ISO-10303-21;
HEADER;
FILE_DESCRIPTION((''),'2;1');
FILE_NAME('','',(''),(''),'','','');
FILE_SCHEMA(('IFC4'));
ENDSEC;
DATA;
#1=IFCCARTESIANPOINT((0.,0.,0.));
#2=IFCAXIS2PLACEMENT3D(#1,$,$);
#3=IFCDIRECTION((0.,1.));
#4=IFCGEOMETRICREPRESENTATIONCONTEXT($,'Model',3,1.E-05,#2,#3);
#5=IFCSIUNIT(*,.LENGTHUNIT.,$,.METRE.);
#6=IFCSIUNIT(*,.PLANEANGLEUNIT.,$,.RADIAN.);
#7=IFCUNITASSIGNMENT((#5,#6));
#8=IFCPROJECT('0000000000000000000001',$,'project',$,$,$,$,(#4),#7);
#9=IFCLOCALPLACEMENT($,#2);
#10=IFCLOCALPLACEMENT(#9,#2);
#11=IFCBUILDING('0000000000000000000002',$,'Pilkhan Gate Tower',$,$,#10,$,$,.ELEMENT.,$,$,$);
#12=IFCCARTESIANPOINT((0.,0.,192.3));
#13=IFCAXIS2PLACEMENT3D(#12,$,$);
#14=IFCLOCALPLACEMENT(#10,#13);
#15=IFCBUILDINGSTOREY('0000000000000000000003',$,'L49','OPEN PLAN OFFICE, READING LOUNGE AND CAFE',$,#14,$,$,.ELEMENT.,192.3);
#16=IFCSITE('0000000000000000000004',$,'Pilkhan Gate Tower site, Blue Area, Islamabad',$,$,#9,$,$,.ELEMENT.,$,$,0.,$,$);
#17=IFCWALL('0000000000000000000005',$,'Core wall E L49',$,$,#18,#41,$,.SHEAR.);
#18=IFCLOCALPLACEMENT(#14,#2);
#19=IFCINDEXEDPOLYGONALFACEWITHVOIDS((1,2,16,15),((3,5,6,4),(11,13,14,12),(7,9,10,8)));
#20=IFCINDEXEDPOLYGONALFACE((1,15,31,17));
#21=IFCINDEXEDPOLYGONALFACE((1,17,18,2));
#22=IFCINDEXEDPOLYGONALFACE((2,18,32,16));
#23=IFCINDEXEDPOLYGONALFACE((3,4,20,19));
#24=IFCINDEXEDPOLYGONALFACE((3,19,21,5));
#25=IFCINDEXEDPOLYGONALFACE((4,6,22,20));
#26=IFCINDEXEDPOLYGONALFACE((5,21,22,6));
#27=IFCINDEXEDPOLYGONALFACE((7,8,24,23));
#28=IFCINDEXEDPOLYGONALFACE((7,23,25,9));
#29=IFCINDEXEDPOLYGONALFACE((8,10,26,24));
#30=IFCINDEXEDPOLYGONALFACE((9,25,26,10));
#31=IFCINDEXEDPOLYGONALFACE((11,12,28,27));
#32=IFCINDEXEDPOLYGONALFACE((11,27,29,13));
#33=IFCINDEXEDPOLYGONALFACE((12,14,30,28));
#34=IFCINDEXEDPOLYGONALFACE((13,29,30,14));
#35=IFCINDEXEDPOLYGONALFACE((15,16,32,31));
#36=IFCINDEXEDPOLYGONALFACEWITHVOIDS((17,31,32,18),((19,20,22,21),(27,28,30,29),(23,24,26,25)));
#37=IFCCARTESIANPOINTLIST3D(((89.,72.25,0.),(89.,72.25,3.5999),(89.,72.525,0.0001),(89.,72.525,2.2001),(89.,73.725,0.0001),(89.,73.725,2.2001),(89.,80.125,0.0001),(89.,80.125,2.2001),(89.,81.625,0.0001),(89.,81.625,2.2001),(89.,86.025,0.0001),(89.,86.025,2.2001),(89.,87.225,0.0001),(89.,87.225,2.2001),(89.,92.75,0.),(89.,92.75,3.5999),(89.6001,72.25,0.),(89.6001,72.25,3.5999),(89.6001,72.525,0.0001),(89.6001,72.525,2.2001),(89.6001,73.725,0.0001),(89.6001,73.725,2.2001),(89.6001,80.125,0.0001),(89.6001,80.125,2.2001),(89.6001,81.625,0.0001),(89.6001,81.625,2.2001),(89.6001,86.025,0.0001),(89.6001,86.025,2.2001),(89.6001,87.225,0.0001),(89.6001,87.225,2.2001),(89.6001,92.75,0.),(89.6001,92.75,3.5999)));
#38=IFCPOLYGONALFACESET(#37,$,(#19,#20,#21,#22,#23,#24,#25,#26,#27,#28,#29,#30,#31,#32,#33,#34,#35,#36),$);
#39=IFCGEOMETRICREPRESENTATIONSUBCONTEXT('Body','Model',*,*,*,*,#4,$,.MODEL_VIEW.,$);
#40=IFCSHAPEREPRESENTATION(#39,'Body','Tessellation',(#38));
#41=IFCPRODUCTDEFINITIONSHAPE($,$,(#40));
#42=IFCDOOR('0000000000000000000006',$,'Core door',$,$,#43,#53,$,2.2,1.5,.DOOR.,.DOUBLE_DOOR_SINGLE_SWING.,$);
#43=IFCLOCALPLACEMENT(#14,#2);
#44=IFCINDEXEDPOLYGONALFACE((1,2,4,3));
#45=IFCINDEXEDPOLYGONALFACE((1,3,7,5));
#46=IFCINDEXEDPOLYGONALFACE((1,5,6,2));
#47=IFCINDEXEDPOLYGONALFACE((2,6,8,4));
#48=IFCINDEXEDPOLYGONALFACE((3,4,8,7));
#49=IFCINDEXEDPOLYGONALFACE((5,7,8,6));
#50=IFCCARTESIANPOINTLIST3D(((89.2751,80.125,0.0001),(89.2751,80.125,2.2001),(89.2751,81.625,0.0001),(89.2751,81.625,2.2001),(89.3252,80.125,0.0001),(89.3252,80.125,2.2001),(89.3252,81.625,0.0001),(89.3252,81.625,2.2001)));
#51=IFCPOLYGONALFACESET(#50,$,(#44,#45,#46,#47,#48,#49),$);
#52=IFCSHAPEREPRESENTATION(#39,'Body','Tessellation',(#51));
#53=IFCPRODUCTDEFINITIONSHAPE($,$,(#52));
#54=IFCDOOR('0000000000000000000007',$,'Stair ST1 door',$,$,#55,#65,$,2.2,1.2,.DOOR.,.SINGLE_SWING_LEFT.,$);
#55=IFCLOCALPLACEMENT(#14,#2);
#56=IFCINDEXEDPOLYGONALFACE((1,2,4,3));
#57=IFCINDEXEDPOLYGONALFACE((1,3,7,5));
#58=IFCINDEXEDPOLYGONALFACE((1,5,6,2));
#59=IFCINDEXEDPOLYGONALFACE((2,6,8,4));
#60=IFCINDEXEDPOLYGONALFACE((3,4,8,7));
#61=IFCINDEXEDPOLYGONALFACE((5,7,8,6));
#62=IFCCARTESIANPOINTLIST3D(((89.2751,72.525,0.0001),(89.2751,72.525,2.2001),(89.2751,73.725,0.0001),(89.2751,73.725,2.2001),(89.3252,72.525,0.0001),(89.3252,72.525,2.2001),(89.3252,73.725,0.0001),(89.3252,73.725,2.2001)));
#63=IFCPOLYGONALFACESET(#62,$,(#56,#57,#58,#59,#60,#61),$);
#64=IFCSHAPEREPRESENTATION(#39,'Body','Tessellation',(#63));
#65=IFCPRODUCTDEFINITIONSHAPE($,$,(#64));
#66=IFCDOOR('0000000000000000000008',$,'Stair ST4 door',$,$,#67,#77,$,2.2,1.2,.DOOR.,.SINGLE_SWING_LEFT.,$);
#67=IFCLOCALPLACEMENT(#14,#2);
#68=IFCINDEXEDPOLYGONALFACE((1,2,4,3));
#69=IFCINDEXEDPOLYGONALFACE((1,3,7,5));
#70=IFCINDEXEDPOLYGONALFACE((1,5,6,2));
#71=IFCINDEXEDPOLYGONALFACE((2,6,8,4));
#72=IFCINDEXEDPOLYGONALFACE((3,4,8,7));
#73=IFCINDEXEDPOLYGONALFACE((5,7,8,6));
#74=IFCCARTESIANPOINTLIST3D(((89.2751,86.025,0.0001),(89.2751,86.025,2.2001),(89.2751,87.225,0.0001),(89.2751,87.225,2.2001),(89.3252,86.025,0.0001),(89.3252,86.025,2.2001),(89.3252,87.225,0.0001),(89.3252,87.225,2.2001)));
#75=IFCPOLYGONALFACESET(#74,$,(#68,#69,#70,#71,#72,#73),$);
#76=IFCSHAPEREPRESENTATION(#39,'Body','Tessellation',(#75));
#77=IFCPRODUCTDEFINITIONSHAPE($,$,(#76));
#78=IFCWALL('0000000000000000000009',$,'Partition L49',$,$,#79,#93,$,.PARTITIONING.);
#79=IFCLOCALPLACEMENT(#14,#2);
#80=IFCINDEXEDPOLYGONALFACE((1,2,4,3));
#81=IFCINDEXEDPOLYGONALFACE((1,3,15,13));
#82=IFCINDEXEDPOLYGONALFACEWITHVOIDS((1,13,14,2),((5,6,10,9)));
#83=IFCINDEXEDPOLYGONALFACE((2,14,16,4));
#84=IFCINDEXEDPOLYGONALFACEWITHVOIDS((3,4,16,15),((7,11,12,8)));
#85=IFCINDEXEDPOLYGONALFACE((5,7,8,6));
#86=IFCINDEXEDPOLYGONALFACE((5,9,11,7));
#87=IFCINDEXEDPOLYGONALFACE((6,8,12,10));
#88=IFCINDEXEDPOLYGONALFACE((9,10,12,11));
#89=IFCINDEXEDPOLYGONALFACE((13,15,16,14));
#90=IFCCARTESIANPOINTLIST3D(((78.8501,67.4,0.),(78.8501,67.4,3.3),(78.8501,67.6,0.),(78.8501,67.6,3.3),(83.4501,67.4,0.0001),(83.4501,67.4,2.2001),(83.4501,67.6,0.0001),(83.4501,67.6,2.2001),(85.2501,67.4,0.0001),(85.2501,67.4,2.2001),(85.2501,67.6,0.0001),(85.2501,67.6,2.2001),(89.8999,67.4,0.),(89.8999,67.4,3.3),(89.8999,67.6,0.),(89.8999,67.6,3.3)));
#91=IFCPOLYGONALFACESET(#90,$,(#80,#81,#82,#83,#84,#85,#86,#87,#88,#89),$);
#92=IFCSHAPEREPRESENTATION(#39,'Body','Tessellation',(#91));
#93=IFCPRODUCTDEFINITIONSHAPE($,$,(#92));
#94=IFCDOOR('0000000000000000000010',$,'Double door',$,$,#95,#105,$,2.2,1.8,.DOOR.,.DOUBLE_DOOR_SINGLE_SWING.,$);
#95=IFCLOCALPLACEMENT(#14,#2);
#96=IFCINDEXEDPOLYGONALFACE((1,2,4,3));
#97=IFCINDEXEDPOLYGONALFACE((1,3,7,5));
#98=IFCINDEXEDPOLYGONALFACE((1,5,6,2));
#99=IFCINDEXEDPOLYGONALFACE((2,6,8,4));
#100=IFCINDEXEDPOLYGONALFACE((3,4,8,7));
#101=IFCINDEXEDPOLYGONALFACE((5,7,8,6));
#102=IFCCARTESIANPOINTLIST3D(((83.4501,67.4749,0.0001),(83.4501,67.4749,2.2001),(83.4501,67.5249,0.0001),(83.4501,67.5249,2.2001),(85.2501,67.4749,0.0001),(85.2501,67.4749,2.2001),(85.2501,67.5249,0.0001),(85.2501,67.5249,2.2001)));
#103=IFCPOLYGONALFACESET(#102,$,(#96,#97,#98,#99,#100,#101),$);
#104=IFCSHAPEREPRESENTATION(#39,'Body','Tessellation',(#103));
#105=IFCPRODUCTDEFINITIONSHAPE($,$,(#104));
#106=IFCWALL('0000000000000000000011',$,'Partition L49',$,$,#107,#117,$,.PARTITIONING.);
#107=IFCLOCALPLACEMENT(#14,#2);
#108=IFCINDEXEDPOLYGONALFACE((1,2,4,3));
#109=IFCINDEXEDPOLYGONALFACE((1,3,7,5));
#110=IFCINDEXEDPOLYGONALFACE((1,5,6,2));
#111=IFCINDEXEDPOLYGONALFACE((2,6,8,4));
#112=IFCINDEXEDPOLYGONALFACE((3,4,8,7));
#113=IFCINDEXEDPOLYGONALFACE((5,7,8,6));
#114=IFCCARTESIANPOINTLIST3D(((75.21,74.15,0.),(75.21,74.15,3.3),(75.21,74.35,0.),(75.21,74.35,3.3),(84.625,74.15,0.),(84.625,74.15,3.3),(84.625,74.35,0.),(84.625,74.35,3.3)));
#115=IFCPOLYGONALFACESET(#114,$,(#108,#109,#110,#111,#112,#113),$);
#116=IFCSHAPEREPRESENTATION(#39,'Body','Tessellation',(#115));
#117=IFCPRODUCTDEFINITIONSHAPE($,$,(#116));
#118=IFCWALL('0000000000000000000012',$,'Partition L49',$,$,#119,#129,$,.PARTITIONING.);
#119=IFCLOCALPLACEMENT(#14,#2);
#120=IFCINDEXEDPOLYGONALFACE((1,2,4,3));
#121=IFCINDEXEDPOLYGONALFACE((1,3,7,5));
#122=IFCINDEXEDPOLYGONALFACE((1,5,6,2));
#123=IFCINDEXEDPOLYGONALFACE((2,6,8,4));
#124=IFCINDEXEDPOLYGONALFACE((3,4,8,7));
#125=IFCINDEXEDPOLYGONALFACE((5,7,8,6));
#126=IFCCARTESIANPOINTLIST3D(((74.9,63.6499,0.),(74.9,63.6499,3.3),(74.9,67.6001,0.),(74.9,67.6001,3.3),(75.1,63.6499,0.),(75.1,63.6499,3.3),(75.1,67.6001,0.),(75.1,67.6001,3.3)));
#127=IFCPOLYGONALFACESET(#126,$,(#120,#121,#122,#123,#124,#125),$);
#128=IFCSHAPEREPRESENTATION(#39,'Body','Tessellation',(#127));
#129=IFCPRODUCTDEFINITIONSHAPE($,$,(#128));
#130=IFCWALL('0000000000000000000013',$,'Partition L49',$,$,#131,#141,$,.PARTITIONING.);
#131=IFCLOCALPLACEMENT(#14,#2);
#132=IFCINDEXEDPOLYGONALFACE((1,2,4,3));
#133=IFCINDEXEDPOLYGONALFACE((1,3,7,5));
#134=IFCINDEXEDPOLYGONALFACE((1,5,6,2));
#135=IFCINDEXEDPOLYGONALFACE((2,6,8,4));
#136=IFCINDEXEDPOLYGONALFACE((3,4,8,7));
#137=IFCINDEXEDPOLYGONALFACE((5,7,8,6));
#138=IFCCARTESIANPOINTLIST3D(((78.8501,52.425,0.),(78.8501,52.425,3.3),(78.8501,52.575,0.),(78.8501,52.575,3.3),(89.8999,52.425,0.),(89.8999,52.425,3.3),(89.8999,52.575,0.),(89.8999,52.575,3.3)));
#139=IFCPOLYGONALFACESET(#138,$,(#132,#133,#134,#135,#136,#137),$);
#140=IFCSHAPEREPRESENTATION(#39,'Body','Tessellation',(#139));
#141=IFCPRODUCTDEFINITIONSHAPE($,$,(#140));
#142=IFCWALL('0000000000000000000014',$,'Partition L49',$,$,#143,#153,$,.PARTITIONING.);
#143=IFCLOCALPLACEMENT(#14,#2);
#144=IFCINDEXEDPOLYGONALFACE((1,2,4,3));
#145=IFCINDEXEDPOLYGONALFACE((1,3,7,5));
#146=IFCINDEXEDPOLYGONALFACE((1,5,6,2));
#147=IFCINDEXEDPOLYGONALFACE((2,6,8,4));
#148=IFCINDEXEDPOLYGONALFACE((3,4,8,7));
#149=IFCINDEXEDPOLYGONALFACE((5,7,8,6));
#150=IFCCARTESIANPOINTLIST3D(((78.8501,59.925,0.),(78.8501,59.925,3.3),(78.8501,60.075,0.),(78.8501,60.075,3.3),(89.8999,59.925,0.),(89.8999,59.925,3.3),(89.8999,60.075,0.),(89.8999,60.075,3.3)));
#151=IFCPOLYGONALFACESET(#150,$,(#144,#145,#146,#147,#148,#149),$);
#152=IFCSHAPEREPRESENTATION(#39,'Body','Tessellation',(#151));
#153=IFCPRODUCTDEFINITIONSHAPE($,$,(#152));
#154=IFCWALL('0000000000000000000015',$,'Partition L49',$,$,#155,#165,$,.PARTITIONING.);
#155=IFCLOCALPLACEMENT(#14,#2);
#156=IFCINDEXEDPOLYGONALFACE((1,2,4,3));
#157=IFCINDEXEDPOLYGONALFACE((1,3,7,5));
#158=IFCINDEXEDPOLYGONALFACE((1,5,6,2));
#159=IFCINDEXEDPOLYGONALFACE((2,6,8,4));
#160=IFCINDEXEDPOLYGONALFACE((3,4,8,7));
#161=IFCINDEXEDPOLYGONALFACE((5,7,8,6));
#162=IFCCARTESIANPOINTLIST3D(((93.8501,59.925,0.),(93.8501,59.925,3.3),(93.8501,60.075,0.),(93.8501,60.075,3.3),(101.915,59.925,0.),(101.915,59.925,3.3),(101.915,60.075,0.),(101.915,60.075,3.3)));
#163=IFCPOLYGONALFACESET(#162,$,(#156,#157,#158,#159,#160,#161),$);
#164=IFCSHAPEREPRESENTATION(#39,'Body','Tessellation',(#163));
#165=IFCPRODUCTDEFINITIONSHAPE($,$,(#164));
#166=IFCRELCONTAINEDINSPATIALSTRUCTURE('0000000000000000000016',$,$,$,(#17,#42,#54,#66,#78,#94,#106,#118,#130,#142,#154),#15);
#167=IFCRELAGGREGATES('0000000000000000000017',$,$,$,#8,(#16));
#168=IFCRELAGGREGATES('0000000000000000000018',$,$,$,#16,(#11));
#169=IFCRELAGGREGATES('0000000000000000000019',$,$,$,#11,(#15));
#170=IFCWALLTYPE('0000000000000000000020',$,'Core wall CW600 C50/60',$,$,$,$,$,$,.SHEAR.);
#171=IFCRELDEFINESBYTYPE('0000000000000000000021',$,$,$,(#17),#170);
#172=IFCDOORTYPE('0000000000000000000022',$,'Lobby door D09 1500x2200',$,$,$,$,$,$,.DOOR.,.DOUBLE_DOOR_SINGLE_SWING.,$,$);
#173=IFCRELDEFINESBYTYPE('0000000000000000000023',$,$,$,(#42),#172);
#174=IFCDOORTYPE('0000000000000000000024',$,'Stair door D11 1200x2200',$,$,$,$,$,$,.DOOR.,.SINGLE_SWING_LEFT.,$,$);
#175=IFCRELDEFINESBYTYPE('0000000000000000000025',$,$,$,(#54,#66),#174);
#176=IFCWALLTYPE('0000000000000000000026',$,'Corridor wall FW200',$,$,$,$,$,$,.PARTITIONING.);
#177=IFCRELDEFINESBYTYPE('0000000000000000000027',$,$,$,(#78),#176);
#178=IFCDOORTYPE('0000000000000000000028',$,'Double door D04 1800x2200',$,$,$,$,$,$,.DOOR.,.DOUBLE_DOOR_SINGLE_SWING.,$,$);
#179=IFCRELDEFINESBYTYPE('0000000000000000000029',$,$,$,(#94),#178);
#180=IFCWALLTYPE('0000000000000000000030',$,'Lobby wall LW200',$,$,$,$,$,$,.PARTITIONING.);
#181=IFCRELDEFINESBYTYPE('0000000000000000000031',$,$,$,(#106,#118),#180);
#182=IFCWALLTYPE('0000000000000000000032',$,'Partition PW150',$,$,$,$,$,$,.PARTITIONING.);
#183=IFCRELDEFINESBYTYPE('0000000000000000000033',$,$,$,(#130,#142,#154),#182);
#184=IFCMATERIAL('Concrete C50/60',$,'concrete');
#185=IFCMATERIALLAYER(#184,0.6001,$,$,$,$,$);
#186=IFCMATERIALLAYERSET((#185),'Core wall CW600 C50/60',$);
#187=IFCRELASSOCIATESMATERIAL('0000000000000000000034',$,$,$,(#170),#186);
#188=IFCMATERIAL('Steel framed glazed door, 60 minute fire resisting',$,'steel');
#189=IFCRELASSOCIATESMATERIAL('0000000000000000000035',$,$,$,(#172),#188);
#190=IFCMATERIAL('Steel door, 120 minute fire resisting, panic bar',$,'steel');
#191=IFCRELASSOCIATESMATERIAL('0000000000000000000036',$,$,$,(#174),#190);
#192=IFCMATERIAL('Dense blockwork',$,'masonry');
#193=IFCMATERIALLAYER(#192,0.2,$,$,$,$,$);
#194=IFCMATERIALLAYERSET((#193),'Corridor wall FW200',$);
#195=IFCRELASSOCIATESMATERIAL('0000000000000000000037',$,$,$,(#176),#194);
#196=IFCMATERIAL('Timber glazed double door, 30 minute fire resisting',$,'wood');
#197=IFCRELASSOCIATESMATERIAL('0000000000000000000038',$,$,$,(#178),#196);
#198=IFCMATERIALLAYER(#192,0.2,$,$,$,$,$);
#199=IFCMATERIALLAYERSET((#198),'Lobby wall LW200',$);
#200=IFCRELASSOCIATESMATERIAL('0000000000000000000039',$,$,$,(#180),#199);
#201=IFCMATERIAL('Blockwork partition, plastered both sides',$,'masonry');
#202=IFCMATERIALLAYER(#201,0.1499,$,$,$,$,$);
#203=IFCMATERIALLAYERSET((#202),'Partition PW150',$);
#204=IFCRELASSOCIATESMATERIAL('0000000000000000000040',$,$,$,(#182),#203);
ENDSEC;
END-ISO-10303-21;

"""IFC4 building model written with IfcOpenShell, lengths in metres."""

from ifc_helpers import new_model, si_unit, direction, frame, frame_2d, origin, place, context, subcontext, project, spatial, rectangle, extrude, material, layer, layer_set, type_object, element, fill, save


model = new_model("IFC4")

# Units and contexts
model_context = context("Model", 3, precision=1e-05, world=origin(), true_north=direction((0.0, 1.0)))
body_context = subcontext(model_context, "Body", "Model", "MODEL_VIEW")
ifc_project = project(units=[si_unit("LENGTHUNIT", "METRE"), si_unit("PLANEANGLEUNIT", "RADIAN")], contexts=[model_context])

# Site, building, storey
site_placement = place(None, origin())
site = spatial("IfcSite", under=ifc_project, at=site_placement, Name="Pilkhan Gate Tower site, Blue Area, Islamabad", CompositionType="ELEMENT", RefElevation=0.0)
building_placement = place(site_placement, origin())
building = spatial("IfcBuilding", under=site, at=building_placement, Name="Pilkhan Gate Tower", CompositionType="ELEMENT")
storey_placement = place(building_placement, frame((0.0, 0.0, 192.3)))
storey = spatial("IfcBuildingStorey", under=building, at=storey_placement, Name="L49", Description="OPEN PLAN OFFICE, READING LOUNGE AND CAFE", CompositionType="ELEMENT", Elevation=192.3)

# Shared definitions
ifc_material_1 = material(Name="Concrete C50/60", Category="concrete")

# Wall, openings, doors
ifc_layer_1 = layer(ifc_material_1, 0.6001)
ifc_layer_set_1 = layer_set([ifc_layer_1], Name="Core wall CW600 C50/60")
wall_type_1 = type_object("IfcWallType", Name="Core wall CW600 C50/60", PredefinedType="SHEAR", material=ifc_layer_set_1)
wall_1_placement = place(storey_placement, frame((89.3, 72.25, 0.0), z_axis=(0.0, 0.0, 1.0), x_axis=(0.0, 1.0, 0.0)))
wall_1 = element("IfcWall", 1, at=wall_1_placement, inside=storey, type_object=wall_type_1, Name="Core wall E L49", PredefinedType="SHEAR", context=body_context, shape_type="SweptSolid", body=[
    extrude(rectangle(XDim=20.5, YDim=0.6001, at=frame_2d((10.25, 0.0))), origin(), (0.0, 0.0, 1.0), 3.5999),
])
opening_1_placement = place(wall_1_placement, frame((0.2749, 0.0, 0.0)))
opening_1 = element("IfcOpeningElement", 2, at=opening_1_placement, cuts=wall_1, PredefinedType="OPENING", context=body_context, shape_type="SweptSolid", body=[
    extrude(rectangle(XDim=1.2, YDim=2.2, at=frame_2d((0.6001, 1.1001))), frame((0.0, 0.3101, 0.0), z_axis=(0.0, -1.0, 0.0), x_axis=(1.0, 0.0, 0.0)), (0.0, 0.0, 1.0), 0.6201),
])
opening_2_placement = place(wall_1_placement, frame((13.7749, 0.0, 0.0)))
opening_2 = element("IfcOpeningElement", 3, at=opening_2_placement, cuts=wall_1, PredefinedType="OPENING", context=body_context, shape_type="SweptSolid", body=[
    extrude(rectangle(XDim=1.2, YDim=2.2, at=frame_2d((0.6001, 1.1001))), frame((0.0, 0.3101, 0.0), z_axis=(0.0, -1.0, 0.0), x_axis=(1.0, 0.0, 0.0)), (0.0, 0.0, 1.0), 0.6201),
])
opening_3_placement = place(wall_1_placement, frame((7.875, 0.0, 0.0)))
opening_3 = element("IfcOpeningElement", 4, at=opening_3_placement, cuts=wall_1, PredefinedType="OPENING", context=body_context, shape_type="SweptSolid", body=[
    extrude(rectangle(XDim=1.5, YDim=2.2, at=frame_2d((0.75, 1.1001))), frame((0.0, 0.3101, 0.0), z_axis=(0.0, -1.0, 0.0), x_axis=(1.0, 0.0, 0.0)), (0.0, 0.0, 1.0), 0.6201),
])
ifc_material_2 = material(Name="Steel framed glazed door, 60 minute fire resisting", Category="steel")
door_type_1 = type_object("IfcDoorType", Name="Lobby door D09 1500x2200", OperationType="DOUBLE_DOOR_SINGLE_SWING", PredefinedType="DOOR", material=ifc_material_2)
door_1_placement = place(opening_3_placement, origin())
door_1 = element("IfcDoor", 5, at=door_1_placement, inside=storey, type_object=door_type_1, Name="Core door", OperationType="DOUBLE_DOOR_SINGLE_SWING", OverallHeight=2.2, OverallWidth=1.5, PredefinedType="DOOR", context=body_context, shape_type="SweptSolid", body=[
    extrude(rectangle(XDim=1.5, YDim=2.2, at=frame_2d((0.75, 1.1001))), frame((0.0, 0.0249, 0.0), z_axis=(0.0, -1.0, 0.0), x_axis=(1.0, 0.0, 0.0)), (0.0, 0.0, 1.0), 0.05),
])
fill(opening_3, door_1)
ifc_material_3 = material(Name="Steel door, 120 minute fire resisting, panic bar", Category="steel")
door_type_2 = type_object("IfcDoorType", Name="Stair door D11 1200x2200", OperationType="SINGLE_SWING_LEFT", PredefinedType="DOOR", material=ifc_material_3)
door_2_placement = place(opening_1_placement, origin())
door_2 = element("IfcDoor", 6, at=door_2_placement, inside=storey, type_object=door_type_2, Name="Stair ST1 door", OperationType="SINGLE_SWING_LEFT", OverallHeight=2.2, OverallWidth=1.2, PredefinedType="DOOR", context=body_context, shape_type="SweptSolid", body=[
    extrude(rectangle(XDim=1.2, YDim=2.2, at=frame_2d((0.6001, 1.1001))), frame((0.0, 0.0249, 0.0), z_axis=(0.0, -1.0, 0.0), x_axis=(1.0, 0.0, 0.0)), (0.0, 0.0, 1.0), 0.05),
])
fill(opening_1, door_2)
door_3_placement = place(opening_2_placement, origin())
door_3 = element("IfcDoor", 7, at=door_3_placement, inside=storey, type_object=door_type_2, Name="Stair ST4 door", OperationType="SINGLE_SWING_LEFT", OverallHeight=2.2, OverallWidth=1.2, PredefinedType="DOOR", context=body_context, shape_type="SweptSolid", body=[
    extrude(rectangle(XDim=1.2, YDim=2.2, at=frame_2d((0.6001, 1.1001))), frame((0.0, 0.0249, 0.0), z_axis=(0.0, -1.0, 0.0), x_axis=(1.0, 0.0, 0.0)), (0.0, 0.0, 1.0), 0.05),
])
fill(opening_2, door_3)

# Wall, opening, door
ifc_material_4 = material(Name="Dense blockwork", Category="masonry")
ifc_layer_2 = layer(ifc_material_4, 0.2)
ifc_layer_set_2 = layer_set([ifc_layer_2], Name="Corridor wall FW200")
wall_type_2 = type_object("IfcWallType", Name="Corridor wall FW200", PredefinedType="PARTITIONING", material=ifc_layer_set_2)
wall_2_placement = place(storey_placement, frame((78.8501, 67.5, 0.0), z_axis=(0.0, 0.0, 1.0), x_axis=(1.0, 0.0, 0.0)))
wall_2 = element("IfcWall", 8, at=wall_2_placement, inside=storey, type_object=wall_type_2, Name="Partition L49", PredefinedType="PARTITIONING", context=body_context, shape_type="SweptSolid", body=[
    extrude(rectangle(XDim=11.0498, YDim=0.2, at=frame_2d((5.5249, 0.0))), origin(), (0.0, 0.0, 1.0), 3.3),
])
opening_4_placement = place(wall_2_placement, frame((4.6001, 0.0, 0.0)))
opening_4 = element("IfcOpeningElement", 9, at=opening_4_placement, cuts=wall_2, PredefinedType="OPENING", context=body_context, shape_type="SweptSolid", body=[
    extrude(rectangle(XDim=1.8, YDim=2.2, at=frame_2d((0.8999, 1.1001))), frame((0.0, 0.1099, 0.0), z_axis=(0.0, -1.0, 0.0), x_axis=(1.0, 0.0, 0.0)), (0.0, 0.0, 1.0), 0.22),
])
ifc_material_5 = material(Name="Timber glazed double door, 30 minute fire resisting", Category="wood")
door_type_3 = type_object("IfcDoorType", Name="Double door D04 1800x2200", OperationType="DOUBLE_DOOR_SINGLE_SWING", PredefinedType="DOOR", material=ifc_material_5)
door_4_placement = place(opening_4_placement, origin())
door_4 = element("IfcDoor", 10, at=door_4_placement, inside=storey, type_object=door_type_3, Name="Double door", OperationType="DOUBLE_DOOR_SINGLE_SWING", OverallHeight=2.2, OverallWidth=1.8, PredefinedType="DOOR", context=body_context, shape_type="SweptSolid", body=[
    extrude(rectangle(XDim=1.8, YDim=2.2, at=frame_2d((0.8999, 1.1001))), frame((0.0, 0.0249, 0.0), z_axis=(0.0, -1.0, 0.0), x_axis=(1.0, 0.0, 0.0)), (0.0, 0.0, 1.0), 0.05),
])
fill(opening_4, door_4)

# Walls
ifc_layer_3 = layer(ifc_material_4, 0.2)
ifc_layer_set_3 = layer_set([ifc_layer_3], Name="Lobby wall LW200")
wall_type_3 = type_object("IfcWallType", Name="Lobby wall LW200", PredefinedType="PARTITIONING", material=ifc_layer_set_3)
wall_3_placement = place(storey_placement, frame((75.21, 74.25, 0.0), z_axis=(0.0, 0.0, 1.0), x_axis=(1.0, 0.0, 0.0)))
element("IfcWall", 11, at=wall_3_placement, inside=storey, type_object=wall_type_3, Name="Partition L49", PredefinedType="PARTITIONING", context=body_context, shape_type="SweptSolid", body=[
    extrude(rectangle(XDim=9.415, YDim=0.2, at=frame_2d((4.7075, 0.0))), origin(), (0.0, 0.0, 1.0), 3.3),
])
wall_4_placement = place(storey_placement, frame((75.0, 63.6499, 0.0), z_axis=(0.0, 0.0, 1.0), x_axis=(0.0, 1.0, 0.0)))
element("IfcWall", 12, at=wall_4_placement, inside=storey, type_object=wall_type_3, Name="Partition L49", PredefinedType="PARTITIONING", context=body_context, shape_type="SweptSolid", body=[
    extrude(rectangle(XDim=3.9502, YDim=0.2, at=frame_2d((1.9751, 0.0))), origin(), (0.0, 0.0, 1.0), 3.3),
])
ifc_material_6 = material(Name="Blockwork partition, plastered both sides", Category="masonry")
ifc_layer_4 = layer(ifc_material_6, 0.1499)
ifc_layer_set_4 = layer_set([ifc_layer_4], Name="Partition PW150")
wall_type_4 = type_object("IfcWallType", Name="Partition PW150", PredefinedType="PARTITIONING", material=ifc_layer_set_4)
for number, where, z_axis, x_axis, name in (
    (13, (78.8501, 52.5, 0.0), (0.0, 0.0, 1.0), (1.0, 0.0, 0.0), "Partition L49"),
    (14, (78.8501, 60.0, 0.0), (0.0, 0.0, 1.0), (1.0, 0.0, 0.0), "Partition L49"),
):
    element("IfcWall", number, at=place(storey_placement, frame(where, z_axis=z_axis, x_axis=x_axis)), inside=storey, type_object=wall_type_4, Name=name, PredefinedType="PARTITIONING", context=body_context, shape_type="SweptSolid", body=[
        extrude(rectangle(XDim=11.0498, YDim=0.1499, at=frame_2d((5.5249, 0.0))), origin(), (0.0, 0.0, 1.0), 3.3),
    ])
wall_5_placement = place(storey_placement, frame((93.8501, 60.0, 0.0), z_axis=(0.0, 0.0, 1.0), x_axis=(1.0, 0.0, 0.0)))
element("IfcWall", 15, at=wall_5_placement, inside=storey, type_object=wall_type_4, Name="Partition L49", PredefinedType="PARTITIONING", context=body_context, shape_type="SweptSolid", body=[
    extrude(rectangle(XDim=8.0649, YDim=0.1499, at=frame_2d((4.0325, 0.0))), origin(), (0.0, 0.0, 1.0), 3.3),
])

save(model, "model.ifc")
